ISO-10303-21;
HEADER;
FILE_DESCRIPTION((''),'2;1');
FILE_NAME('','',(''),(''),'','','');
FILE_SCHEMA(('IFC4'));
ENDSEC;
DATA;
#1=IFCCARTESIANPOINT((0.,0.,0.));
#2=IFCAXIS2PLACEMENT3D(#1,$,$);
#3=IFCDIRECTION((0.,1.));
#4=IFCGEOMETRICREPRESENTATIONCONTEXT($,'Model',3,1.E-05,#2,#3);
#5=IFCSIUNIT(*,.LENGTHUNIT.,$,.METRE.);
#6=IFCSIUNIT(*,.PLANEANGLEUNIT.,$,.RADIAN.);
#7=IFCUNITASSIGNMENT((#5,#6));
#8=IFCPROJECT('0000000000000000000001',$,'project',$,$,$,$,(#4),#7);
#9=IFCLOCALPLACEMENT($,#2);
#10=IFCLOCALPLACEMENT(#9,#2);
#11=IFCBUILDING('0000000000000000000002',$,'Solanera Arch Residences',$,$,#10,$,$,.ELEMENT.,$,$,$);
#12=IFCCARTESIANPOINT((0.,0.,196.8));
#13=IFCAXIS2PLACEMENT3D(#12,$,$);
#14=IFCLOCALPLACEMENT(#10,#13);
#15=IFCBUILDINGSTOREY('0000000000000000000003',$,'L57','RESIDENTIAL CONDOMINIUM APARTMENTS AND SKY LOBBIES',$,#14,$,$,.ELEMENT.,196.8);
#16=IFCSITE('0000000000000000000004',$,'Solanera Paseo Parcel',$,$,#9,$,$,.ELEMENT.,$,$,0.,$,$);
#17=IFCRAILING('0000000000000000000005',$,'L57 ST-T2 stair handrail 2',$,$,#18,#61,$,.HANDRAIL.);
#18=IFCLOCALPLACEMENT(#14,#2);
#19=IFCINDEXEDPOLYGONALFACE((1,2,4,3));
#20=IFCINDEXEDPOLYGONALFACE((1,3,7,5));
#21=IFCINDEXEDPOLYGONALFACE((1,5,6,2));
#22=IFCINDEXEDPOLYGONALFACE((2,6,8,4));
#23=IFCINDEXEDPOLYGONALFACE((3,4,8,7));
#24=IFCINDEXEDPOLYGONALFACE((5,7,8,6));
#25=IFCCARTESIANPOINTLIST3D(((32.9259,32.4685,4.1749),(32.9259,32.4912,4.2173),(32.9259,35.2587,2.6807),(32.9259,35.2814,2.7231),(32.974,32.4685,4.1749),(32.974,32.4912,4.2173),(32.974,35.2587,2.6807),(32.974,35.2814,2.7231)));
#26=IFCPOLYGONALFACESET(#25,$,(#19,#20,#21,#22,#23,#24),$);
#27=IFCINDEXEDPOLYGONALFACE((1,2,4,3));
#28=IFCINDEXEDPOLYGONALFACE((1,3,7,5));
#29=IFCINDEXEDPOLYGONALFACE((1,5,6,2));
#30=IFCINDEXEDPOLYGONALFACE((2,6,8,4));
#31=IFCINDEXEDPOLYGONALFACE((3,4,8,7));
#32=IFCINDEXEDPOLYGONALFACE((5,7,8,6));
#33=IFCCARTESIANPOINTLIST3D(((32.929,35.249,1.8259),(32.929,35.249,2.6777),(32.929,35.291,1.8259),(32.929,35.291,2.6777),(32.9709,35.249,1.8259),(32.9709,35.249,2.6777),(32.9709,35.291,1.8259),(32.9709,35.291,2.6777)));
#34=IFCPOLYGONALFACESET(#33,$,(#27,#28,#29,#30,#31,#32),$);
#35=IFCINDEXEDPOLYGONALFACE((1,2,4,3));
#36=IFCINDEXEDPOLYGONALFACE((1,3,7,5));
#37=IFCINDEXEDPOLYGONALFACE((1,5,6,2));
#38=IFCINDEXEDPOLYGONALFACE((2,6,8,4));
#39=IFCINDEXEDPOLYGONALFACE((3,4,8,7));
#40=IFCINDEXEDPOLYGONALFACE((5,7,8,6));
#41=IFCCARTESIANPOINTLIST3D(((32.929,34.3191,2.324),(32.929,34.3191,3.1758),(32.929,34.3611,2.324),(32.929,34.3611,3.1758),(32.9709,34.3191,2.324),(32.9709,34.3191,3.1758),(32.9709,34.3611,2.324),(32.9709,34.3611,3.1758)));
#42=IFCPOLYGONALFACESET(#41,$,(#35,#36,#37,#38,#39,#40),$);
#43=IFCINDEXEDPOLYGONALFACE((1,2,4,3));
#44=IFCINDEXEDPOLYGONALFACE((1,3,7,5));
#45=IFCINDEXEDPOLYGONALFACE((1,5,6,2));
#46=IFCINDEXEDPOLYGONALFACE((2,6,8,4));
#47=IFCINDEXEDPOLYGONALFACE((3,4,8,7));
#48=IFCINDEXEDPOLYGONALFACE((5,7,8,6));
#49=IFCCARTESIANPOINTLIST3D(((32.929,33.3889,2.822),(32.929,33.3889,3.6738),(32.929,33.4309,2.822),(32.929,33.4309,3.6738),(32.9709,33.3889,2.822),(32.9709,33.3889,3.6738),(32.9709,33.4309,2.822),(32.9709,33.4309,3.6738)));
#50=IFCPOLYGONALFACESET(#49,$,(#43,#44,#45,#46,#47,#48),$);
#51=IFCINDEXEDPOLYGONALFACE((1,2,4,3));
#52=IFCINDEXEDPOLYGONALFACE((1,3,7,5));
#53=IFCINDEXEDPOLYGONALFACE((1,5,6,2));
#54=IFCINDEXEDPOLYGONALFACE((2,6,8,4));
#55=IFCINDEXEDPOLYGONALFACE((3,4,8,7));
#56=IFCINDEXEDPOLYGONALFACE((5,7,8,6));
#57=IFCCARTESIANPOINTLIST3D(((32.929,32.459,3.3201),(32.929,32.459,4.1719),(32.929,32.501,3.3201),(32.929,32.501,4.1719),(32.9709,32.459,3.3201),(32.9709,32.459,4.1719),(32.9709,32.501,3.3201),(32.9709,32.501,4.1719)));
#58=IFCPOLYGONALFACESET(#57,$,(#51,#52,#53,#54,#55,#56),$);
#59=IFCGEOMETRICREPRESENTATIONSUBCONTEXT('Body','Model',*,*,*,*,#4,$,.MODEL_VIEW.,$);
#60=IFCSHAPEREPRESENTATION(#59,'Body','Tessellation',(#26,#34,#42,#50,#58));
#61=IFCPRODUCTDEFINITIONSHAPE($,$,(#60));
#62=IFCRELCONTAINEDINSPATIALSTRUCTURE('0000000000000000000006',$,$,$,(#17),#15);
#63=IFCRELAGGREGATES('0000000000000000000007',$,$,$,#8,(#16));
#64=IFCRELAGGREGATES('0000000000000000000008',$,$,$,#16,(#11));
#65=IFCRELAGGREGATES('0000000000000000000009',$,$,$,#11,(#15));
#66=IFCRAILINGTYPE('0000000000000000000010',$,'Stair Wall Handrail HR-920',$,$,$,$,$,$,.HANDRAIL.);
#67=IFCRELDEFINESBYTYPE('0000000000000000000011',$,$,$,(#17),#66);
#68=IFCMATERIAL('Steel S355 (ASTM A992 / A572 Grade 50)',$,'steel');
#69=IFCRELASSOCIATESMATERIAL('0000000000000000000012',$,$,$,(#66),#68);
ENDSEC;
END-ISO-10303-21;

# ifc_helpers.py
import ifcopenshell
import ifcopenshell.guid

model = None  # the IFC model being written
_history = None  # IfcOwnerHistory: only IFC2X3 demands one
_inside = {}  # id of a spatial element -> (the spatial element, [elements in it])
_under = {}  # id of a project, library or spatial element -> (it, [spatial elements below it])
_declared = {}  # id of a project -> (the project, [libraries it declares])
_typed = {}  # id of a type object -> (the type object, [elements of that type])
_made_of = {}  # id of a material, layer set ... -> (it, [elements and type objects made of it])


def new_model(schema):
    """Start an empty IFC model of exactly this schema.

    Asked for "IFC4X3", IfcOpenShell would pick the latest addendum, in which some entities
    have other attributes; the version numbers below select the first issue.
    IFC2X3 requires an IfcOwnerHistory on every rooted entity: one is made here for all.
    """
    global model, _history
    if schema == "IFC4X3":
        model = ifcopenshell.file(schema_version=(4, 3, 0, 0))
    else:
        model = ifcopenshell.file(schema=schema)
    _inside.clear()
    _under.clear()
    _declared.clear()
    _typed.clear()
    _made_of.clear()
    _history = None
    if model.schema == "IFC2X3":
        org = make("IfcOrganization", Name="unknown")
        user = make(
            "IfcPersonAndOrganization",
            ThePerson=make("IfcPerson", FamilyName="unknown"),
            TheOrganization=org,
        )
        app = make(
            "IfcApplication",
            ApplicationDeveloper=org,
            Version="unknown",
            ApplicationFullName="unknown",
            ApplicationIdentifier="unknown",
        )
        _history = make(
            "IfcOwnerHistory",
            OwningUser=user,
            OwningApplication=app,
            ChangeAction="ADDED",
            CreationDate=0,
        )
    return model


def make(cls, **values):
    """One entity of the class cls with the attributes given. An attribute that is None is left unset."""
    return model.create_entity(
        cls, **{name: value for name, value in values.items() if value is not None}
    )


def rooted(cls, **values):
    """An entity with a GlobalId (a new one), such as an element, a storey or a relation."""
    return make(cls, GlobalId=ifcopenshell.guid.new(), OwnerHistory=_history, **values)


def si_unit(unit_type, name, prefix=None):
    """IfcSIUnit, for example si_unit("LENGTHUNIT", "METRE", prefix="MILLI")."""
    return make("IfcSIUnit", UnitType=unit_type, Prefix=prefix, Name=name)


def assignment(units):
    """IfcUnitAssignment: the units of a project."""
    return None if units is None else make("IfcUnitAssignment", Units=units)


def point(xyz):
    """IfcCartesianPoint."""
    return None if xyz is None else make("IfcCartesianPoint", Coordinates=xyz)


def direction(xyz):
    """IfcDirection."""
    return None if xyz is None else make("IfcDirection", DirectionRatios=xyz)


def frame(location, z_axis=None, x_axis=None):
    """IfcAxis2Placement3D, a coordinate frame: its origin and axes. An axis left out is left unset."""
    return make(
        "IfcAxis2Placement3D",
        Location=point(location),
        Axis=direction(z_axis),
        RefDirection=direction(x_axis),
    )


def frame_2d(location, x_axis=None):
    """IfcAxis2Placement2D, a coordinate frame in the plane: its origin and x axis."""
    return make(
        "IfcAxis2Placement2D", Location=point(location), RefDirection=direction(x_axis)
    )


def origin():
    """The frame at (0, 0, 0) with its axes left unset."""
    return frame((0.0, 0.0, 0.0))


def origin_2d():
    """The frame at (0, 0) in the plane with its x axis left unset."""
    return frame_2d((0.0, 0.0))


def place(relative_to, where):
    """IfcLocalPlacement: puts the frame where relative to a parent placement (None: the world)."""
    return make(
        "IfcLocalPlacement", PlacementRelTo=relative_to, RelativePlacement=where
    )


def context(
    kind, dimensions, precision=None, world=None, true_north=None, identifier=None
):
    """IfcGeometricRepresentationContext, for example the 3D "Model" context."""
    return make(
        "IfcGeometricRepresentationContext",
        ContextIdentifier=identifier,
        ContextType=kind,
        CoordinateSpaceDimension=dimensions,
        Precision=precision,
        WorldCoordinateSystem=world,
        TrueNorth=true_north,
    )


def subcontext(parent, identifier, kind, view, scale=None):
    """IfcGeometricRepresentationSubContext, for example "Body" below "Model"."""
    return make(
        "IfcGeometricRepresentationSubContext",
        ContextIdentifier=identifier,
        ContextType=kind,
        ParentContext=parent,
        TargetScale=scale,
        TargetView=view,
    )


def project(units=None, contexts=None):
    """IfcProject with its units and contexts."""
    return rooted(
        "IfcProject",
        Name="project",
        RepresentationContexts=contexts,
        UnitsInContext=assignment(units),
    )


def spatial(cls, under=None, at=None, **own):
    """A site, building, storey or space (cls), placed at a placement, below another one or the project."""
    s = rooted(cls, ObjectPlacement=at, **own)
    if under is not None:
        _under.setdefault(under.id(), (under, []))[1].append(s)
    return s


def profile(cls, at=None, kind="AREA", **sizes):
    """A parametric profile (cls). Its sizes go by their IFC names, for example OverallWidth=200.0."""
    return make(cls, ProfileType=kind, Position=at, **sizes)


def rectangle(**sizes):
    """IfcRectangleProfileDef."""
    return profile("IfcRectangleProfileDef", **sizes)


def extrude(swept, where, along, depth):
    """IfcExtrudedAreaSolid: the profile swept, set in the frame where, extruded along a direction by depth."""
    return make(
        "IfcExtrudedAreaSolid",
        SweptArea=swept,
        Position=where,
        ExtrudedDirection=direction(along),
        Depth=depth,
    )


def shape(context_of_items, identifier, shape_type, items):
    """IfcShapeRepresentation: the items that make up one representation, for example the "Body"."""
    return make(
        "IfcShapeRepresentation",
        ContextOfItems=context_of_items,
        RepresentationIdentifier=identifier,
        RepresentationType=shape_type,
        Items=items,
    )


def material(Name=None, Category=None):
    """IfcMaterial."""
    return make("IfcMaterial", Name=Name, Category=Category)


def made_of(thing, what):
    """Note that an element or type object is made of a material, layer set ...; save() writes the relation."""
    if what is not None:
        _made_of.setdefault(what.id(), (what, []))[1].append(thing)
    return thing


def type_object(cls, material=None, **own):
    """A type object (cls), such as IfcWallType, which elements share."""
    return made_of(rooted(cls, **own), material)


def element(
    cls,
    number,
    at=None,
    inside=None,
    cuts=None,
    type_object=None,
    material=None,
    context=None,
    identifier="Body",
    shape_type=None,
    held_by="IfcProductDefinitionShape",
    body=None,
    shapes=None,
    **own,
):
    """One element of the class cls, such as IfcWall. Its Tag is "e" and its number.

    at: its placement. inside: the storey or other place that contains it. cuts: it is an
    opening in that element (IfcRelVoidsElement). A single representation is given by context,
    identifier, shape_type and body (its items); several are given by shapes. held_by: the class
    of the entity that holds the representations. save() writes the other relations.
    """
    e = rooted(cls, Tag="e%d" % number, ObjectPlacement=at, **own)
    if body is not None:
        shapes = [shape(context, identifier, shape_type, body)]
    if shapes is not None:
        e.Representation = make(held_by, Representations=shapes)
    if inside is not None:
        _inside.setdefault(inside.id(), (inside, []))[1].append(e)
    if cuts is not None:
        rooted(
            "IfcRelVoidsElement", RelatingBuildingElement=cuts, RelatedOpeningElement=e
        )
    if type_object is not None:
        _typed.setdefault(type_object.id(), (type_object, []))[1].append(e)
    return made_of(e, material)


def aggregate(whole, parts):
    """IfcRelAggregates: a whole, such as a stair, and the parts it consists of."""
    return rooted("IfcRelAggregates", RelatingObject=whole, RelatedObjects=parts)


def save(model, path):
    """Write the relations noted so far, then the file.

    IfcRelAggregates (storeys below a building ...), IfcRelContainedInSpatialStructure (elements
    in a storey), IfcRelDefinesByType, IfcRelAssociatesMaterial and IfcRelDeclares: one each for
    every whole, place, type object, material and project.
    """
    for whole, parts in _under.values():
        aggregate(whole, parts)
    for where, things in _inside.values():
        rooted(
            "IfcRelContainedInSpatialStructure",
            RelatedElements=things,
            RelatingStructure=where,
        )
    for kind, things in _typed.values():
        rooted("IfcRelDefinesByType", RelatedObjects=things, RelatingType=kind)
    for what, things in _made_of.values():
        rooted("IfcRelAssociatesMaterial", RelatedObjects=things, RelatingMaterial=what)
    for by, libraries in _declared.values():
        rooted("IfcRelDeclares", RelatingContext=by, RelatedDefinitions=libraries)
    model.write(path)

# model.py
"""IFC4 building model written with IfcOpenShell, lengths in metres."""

from ifc_helpers import new_model, si_unit, direction, frame, origin, origin_2d, place, context, subcontext, project, spatial, rectangle, extrude, material, type_object, element, save


model = new_model("IFC4")

# Units and contexts
model_context = context("Model", 3, precision=1e-05, world=origin(), true_north=direction((0.0, 1.0)))
body_context = subcontext(model_context, "Body", "Model", "MODEL_VIEW")
ifc_project = project(units=[si_unit("LENGTHUNIT", "METRE"), si_unit("PLANEANGLEUNIT", "RADIAN")], contexts=[model_context])

# Site, building, storey
site_placement = place(None, origin())
site = spatial("IfcSite", under=ifc_project, at=site_placement, Name="Solanera Paseo Parcel", CompositionType="ELEMENT", RefElevation=0.0)
building_placement = place(site_placement, origin())
building = spatial("IfcBuilding", under=site, at=building_placement, Name="Solanera Arch Residences", CompositionType="ELEMENT")
storey_placement = place(building_placement, frame((0.0, 0.0, 196.8)))
storey = spatial("IfcBuildingStorey", under=building, at=storey_placement, Name="L57", Description="RESIDENTIAL CONDOMINIUM APARTMENTS AND SKY LOBBIES", CompositionType="ELEMENT", Elevation=196.8)

# Railing
ifc_material_1 = material(Name="Steel S355 (ASTM A992 / A572 Grade 50)", Category="steel")
railing_type_1 = type_object("IfcRailingType", Name="Stair Wall Handrail HR-920", PredefinedType="HANDRAIL", material=ifc_material_1)
railing_1_placement = place(storey_placement, frame((32.95, 35.27, 1.8259)))
element("IfcRailing", 1, at=railing_1_placement, inside=storey, type_object=railing_type_1, Name="L57 ST-T2 stair handrail 2", PredefinedType="HANDRAIL", context=body_context, shape_type="SweptSolid", body=[
    extrude(rectangle(XDim=0.0481, YDim=0.0481, at=origin_2d()), frame((0.0, 0.0, 0.876), z_axis=(0.0, -0.881549, 0.472093), x_axis=(1.0, 0.0, 0.0)), (0.0, 0.0, 1.0), 3.165),
    extrude(rectangle(XDim=0.042, YDim=0.042, at=origin_2d()), origin(), (0.0, 0.0, 1.0), 0.8518),
    extrude(rectangle(XDim=0.042, YDim=0.042, at=origin_2d()), frame((0.0, -0.9299, 0.498)), (0.0, 0.0, 1.0), 0.8518),
    extrude(rectangle(XDim=0.042, YDim=0.042, at=origin_2d()), frame((0.0, -1.8601, 0.9961)), (0.0, 0.0, 1.0), 0.8518),
    extrude(rectangle(XDim=0.042, YDim=0.042, at=origin_2d()), frame((0.0, -2.79, 1.4941)), (0.0, 0.0, 1.0), 0.8518),
])

save(model, "model.ifc")
